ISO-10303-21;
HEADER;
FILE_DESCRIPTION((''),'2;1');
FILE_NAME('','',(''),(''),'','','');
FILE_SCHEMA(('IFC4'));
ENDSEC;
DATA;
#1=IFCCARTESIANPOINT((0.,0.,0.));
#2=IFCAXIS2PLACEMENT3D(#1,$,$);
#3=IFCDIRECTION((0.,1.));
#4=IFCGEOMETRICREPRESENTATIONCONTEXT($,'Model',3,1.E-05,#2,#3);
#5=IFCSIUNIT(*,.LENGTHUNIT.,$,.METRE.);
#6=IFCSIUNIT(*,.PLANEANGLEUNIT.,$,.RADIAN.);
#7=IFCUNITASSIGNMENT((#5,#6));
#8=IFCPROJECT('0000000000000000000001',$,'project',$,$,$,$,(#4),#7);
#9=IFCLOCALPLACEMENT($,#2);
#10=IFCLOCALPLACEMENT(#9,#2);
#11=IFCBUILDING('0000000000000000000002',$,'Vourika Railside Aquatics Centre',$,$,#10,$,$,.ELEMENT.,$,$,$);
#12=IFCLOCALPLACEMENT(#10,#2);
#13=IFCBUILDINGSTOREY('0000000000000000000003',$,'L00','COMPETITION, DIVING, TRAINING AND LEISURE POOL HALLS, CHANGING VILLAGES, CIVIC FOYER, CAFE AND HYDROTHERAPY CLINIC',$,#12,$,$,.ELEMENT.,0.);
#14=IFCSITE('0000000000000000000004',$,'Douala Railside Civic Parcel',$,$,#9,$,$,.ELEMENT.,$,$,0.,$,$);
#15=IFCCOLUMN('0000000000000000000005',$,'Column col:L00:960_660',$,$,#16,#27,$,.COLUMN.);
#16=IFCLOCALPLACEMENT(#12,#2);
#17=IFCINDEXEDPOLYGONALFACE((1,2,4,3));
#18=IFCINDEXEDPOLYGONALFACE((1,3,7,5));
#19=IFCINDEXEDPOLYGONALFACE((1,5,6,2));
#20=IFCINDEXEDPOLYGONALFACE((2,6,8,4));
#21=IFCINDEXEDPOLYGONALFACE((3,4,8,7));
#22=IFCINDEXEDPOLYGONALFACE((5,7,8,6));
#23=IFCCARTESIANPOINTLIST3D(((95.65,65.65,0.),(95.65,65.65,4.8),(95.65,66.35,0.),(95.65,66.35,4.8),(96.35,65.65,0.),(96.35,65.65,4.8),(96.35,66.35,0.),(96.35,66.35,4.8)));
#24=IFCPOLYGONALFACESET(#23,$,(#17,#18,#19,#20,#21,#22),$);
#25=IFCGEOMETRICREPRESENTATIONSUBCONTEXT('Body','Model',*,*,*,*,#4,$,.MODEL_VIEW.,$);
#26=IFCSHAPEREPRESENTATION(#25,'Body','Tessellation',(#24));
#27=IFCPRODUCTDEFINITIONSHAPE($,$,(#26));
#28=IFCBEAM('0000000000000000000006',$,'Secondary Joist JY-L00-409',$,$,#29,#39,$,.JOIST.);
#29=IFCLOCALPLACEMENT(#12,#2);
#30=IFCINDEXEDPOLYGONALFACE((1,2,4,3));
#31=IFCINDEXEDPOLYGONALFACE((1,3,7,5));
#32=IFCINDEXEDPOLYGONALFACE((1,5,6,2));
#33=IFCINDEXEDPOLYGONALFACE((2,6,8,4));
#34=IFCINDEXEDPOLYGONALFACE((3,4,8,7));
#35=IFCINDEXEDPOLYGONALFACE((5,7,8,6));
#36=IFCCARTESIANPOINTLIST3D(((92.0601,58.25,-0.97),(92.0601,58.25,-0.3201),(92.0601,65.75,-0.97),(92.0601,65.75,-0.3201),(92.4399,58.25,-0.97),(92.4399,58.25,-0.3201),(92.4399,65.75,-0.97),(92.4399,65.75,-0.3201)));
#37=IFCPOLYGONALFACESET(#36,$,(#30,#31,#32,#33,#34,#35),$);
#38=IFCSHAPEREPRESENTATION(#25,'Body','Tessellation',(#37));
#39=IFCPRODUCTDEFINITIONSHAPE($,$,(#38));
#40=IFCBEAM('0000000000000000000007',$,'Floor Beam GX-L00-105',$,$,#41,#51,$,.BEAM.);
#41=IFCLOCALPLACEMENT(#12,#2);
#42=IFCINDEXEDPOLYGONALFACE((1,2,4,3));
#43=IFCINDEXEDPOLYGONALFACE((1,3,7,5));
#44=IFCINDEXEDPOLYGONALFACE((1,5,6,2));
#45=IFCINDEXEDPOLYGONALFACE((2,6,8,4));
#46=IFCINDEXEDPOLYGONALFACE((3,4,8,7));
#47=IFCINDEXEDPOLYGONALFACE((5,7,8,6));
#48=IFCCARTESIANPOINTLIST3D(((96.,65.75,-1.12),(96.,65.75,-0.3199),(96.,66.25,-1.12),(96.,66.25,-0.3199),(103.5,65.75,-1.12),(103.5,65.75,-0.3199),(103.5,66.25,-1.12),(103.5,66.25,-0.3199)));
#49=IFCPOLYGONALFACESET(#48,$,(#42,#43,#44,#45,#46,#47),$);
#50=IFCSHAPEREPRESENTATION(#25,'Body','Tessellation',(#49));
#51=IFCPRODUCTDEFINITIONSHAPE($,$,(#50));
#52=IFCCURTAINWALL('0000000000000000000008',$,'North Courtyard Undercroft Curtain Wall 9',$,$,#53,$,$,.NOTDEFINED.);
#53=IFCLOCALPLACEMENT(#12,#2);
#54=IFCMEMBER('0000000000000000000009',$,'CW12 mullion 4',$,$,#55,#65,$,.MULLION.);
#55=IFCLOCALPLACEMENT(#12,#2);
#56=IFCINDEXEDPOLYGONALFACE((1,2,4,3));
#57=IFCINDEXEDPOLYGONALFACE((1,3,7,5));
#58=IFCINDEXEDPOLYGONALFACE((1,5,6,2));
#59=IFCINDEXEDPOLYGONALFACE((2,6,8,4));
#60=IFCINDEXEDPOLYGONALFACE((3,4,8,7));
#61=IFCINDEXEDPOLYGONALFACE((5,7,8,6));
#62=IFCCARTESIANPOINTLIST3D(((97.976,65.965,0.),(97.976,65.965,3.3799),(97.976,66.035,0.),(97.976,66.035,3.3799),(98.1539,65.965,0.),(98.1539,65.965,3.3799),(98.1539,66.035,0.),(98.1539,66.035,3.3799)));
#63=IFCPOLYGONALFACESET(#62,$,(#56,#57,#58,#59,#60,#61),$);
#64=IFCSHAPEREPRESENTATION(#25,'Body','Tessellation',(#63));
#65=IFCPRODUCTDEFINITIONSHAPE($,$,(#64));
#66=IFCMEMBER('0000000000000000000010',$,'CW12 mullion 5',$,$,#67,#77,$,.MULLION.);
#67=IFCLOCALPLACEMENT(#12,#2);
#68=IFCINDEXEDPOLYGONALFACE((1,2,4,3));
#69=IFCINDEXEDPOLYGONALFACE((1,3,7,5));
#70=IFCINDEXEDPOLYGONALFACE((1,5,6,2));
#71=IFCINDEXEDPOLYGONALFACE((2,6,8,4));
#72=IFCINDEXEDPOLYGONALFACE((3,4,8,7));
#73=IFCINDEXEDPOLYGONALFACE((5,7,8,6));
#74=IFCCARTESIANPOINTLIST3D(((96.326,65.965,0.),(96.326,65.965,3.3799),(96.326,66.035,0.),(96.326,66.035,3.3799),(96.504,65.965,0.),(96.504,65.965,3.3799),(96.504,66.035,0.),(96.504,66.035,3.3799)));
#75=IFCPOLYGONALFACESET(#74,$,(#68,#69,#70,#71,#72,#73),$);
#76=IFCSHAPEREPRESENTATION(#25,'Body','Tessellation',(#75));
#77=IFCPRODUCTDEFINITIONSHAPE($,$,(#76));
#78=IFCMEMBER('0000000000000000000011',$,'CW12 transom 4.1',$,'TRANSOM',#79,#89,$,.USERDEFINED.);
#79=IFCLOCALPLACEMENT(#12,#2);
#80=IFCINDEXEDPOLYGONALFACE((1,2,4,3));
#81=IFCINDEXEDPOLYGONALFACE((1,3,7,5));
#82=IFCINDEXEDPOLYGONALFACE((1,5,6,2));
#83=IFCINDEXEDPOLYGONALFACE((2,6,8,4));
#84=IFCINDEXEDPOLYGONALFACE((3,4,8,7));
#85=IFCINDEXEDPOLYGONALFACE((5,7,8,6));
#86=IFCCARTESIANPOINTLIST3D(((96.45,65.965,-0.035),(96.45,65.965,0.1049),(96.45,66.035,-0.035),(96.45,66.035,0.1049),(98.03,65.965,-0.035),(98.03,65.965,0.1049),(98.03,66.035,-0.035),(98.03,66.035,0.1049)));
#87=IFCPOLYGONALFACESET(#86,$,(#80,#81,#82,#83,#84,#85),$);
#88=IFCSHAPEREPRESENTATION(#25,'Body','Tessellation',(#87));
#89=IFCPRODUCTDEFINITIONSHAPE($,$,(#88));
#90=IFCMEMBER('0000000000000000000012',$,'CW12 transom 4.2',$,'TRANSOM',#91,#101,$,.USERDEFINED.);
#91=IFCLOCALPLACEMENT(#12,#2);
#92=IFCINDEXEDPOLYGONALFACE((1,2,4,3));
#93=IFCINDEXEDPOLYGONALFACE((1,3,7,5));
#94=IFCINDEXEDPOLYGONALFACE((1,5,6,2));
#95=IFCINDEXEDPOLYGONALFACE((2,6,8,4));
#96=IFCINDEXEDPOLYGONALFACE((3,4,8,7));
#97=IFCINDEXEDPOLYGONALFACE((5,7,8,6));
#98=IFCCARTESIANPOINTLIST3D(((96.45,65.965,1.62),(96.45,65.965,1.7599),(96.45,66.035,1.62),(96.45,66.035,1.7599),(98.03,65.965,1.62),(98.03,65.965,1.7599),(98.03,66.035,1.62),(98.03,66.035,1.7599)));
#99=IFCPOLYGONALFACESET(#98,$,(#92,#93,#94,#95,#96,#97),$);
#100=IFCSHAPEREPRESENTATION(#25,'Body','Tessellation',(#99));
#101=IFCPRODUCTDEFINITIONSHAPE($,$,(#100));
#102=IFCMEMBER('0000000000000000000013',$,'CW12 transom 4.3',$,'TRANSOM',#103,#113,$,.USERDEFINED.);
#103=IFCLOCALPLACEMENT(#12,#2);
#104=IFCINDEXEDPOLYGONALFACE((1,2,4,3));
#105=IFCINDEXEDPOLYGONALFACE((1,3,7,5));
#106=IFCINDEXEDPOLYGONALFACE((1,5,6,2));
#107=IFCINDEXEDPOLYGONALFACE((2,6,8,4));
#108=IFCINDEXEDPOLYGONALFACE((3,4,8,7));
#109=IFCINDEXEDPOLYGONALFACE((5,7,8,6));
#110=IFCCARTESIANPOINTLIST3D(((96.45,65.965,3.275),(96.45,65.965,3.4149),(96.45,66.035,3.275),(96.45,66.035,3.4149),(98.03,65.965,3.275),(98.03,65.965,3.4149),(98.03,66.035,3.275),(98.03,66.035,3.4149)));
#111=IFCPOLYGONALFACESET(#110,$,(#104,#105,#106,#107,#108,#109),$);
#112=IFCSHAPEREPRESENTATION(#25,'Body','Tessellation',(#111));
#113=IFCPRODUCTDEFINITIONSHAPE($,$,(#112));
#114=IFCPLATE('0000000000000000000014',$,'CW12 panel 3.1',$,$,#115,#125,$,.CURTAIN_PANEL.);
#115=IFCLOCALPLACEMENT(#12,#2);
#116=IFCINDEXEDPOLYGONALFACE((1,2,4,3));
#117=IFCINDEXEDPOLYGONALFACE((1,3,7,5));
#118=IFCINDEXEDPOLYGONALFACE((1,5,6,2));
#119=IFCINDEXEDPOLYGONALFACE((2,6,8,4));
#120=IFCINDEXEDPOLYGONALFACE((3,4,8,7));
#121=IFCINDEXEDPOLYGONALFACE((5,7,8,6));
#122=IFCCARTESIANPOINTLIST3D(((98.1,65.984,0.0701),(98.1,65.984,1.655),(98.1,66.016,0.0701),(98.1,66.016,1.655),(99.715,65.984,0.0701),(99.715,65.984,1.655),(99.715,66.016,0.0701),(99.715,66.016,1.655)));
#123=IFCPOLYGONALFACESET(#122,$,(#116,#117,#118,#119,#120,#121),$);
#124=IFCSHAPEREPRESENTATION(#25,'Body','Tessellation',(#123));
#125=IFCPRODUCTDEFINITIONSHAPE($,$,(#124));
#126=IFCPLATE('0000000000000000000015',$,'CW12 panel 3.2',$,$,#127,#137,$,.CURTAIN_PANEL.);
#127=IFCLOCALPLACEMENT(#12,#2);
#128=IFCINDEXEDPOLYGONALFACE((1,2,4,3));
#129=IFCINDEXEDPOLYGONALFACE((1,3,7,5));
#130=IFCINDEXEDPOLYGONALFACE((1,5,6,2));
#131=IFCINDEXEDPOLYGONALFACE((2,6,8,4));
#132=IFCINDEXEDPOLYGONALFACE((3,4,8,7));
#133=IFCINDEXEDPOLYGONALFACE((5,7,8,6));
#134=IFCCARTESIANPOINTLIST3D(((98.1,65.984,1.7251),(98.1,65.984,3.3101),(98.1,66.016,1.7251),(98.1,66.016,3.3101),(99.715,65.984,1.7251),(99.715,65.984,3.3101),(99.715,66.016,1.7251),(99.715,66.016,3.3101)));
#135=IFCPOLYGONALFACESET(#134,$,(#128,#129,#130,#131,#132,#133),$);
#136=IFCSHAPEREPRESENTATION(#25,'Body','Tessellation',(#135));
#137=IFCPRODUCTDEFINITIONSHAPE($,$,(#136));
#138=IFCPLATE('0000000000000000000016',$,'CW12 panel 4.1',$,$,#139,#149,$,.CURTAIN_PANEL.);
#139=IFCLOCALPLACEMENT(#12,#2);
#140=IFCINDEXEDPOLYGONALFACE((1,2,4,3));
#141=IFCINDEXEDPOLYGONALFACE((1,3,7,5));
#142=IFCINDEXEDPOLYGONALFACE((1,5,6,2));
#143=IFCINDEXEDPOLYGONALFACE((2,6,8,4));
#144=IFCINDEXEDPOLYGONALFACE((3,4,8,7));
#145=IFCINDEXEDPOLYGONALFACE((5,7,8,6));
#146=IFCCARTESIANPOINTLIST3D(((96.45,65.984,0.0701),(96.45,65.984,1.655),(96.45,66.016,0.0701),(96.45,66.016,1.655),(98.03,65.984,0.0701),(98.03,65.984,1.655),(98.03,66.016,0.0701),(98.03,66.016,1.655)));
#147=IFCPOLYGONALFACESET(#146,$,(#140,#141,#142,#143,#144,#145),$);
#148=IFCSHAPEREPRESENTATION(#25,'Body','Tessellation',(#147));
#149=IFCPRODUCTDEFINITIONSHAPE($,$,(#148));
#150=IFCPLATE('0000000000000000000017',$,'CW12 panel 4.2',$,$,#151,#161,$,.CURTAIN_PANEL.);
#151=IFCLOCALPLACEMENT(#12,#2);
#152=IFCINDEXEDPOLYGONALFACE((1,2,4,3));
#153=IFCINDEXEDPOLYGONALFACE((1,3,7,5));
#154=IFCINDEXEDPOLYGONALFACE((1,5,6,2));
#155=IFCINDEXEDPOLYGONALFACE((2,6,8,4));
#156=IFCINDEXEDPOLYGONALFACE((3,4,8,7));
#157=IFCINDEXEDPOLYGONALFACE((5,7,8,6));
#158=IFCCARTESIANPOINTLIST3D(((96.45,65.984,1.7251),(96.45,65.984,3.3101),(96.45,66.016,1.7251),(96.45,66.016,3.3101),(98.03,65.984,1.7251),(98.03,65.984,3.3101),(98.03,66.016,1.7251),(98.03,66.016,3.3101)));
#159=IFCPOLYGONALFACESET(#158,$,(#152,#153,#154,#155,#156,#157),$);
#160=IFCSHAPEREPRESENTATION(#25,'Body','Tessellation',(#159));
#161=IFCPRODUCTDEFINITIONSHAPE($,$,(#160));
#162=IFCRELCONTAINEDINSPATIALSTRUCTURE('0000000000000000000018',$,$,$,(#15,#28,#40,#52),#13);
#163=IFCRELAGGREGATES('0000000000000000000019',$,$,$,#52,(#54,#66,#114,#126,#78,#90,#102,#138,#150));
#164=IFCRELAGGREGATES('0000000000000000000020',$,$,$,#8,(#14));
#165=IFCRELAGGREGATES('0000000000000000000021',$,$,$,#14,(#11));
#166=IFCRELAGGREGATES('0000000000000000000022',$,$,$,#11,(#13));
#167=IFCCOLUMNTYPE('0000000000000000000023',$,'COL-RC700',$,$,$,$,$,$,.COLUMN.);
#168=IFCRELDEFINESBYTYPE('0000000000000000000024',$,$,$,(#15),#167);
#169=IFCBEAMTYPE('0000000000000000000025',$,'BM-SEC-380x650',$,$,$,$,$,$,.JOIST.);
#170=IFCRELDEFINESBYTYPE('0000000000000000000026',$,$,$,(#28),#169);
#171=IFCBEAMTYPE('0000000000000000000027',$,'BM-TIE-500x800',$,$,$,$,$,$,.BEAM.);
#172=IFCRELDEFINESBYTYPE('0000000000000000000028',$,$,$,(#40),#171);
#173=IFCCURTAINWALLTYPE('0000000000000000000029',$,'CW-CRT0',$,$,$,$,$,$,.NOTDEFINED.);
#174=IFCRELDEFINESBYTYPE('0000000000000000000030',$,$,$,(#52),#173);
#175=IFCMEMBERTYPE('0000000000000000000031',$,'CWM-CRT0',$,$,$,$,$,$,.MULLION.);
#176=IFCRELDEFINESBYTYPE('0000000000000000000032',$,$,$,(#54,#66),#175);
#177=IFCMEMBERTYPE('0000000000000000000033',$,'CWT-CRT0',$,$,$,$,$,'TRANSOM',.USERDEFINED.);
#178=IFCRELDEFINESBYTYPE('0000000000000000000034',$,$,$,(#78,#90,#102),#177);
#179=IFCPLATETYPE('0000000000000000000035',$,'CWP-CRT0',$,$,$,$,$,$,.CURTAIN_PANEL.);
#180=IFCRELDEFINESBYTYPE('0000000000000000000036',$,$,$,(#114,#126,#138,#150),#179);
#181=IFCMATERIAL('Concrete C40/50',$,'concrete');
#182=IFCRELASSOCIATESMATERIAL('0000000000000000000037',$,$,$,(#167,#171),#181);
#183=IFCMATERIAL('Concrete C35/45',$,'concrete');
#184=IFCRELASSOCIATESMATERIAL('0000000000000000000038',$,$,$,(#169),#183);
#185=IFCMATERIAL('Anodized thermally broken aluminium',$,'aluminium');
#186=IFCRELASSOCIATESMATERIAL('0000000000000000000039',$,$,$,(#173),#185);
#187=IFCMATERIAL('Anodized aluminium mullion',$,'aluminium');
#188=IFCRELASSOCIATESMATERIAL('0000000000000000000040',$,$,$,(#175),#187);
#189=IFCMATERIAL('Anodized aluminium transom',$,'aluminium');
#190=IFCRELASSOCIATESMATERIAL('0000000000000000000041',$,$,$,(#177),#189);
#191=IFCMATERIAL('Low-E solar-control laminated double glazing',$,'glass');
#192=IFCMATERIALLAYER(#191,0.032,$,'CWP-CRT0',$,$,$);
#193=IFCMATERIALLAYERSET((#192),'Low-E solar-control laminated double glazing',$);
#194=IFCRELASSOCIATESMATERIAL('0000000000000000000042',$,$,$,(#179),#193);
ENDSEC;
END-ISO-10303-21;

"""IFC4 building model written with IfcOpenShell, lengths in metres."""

from ifc_helpers import new_model, si_unit, direction, frame, origin, origin_2d, place, context, subcontext, project, spatial, rectangle, extrude, material, layer, layer_set, material_profile, profile_set, type_object, element, aggregate, save


model = new_model("IFC4")

# Units and contexts
model_context = context("Model", 3, precision=1e-05, world=origin(), true_north=direction((0.0, 1.0)))
body_context = subcontext(model_context, "Body", "Model", "MODEL_VIEW")
ifc_project = project(units=[si_unit("LENGTHUNIT", "METRE"), si_unit("PLANEANGLEUNIT", "RADIAN")], contexts=[model_context])

# Site, building, storey
site_placement = place(None, origin())
site = spatial("IfcSite", under=ifc_project, at=site_placement, Name="Douala Railside Civic Parcel", CompositionType="ELEMENT", RefElevation=0.0)
building_placement = place(site_placement, origin())
building = spatial("IfcBuilding", under=site, at=building_placement, Name="Vourika Railside Aquatics Centre", CompositionType="ELEMENT")
storey_placement = place(building_placement, origin())
storey = spatial("IfcBuildingStorey", under=building, at=storey_placement, Name="L00", Description="COMPETITION, DIVING, TRAINING AND LEISURE POOL HALLS, CHANGING VILLAGES, CIVIC FOYER, CAFE AND HYDROTHERAPY CLINIC", CompositionType="ELEMENT", Elevation=0.0)

# Column
ifc_material_1 = material(Name="Concrete C40/50", Category="concrete")
ifc_material_profile_1 = material_profile(ifc_material_1, rectangle(XDim=0.7, YDim=0.7, at=origin_2d()), Name="RC 700x700")
ifc_profile_set_1 = profile_set([ifc_material_profile_1], Name="Concrete C40/50")
column_type = type_object("IfcColumnType", Name="COL-RC700", PredefinedType="COLUMN", material=ifc_profile_set_1)
column_placement = place(storey_placement, frame((96.0, 66.0, 0.0), z_axis=(0.0, 0.0, 1.0), x_axis=(1.0, 0.0, 0.0)))
element("IfcColumn", 1, at=column_placement, inside=storey, type_object=column_type, Name="Column col:L00:960_660", PredefinedType="COLUMN", context=body_context, shape_type="SweptSolid", body=[
    extrude(rectangle(XDim=0.7, YDim=0.7, at=origin_2d()), origin(), (0.0, 0.0, 1.0), 4.8),
])

# Beams
ifc_material_2 = material(Name="Concrete C35/45", Category="concrete")
ifc_material_profile_2 = material_profile(ifc_material_2, rectangle(XDim=0.3799, YDim=0.6499, at=origin_2d()), Name="RC 380x650")
ifc_profile_set_2 = profile_set([ifc_material_profile_2], Name="Concrete C35/45")
beam_type_1 = type_object("IfcBeamType", Name="BM-SEC-380x650", PredefinedType="JOIST", material=ifc_profile_set_2)
beam_1_placement = place(storey_placement, frame((92.25, 58.25, -0.645), z_axis=(0.0, 1.0, 0.0), x_axis=(-1.0, 0.0, 0.0)))
element("IfcBeam", 2, at=beam_1_placement, inside=storey, type_object=beam_type_1, Name="Secondary Joist JY-L00-409", PredefinedType="JOIST", context=body_context, shape_type="SweptSolid", body=[
    extrude(rectangle(XDim=0.3799, YDim=0.6499, at=origin_2d()), origin(), (0.0, 0.0, 1.0), 7.5),
])
ifc_material_profile_3 = material_profile(ifc_material_1, rectangle(XDim=0.5, YDim=0.8, at=origin_2d()), Name="RC 500x800")
ifc_profile_set_3 = profile_set([ifc_material_profile_3], Name="Concrete C40/50")
beam_type_2 = type_object("IfcBeamType", Name="BM-TIE-500x800", PredefinedType="BEAM", material=ifc_profile_set_3)
beam_2_placement = place(storey_placement, frame((96.0, 66.0, -0.72), z_axis=(1.0, 0.0, 0.0), x_axis=(0.0, 1.0, 0.0)))
element("IfcBeam", 3, at=beam_2_placement, inside=storey, type_object=beam_type_2, Name="Floor Beam GX-L00-105", PredefinedType="BEAM", context=body_context, shape_type="SweptSolid", body=[
    extrude(rectangle(XDim=0.5, YDim=0.8, at=origin_2d()), origin(), (0.0, 0.0, 1.0), 7.5),
])

# Curtain wall, members, plates
ifc_material_3 = material(Name="Anodized thermally broken aluminium", Category="aluminium")
curtain_wall_type = type_object("IfcCurtainWallType", Name="CW-CRT0", PredefinedType="NOTDEFINED", material=ifc_material_3)
curtain_wall_placement = place(storey_placement, origin())
curtain_wall = element("IfcCurtainWall", 4, at=curtain_wall_placement, inside=storey, type_object=curtain_wall_type, Name="North Courtyard Undercroft Curtain Wall 9", PredefinedType="NOTDEFINED")
ifc_material_4 = material(Name="Anodized aluminium mullion", Category="aluminium")
ifc_material_profile_4 = material_profile(ifc_material_4, rectangle(XDim=0.0701, YDim=0.178, at=origin_2d()), Name="ALU-M 70x178")
ifc_profile_set_4 = profile_set([ifc_material_profile_4], Name="Anodized aluminium mullion")
member_type_1 = type_object("IfcMemberType", Name="CWM-CRT0", PredefinedType="MULLION", material=ifc_profile_set_4)
member_1_placement = place(storey_placement, frame((98.0649, 66.0, 0.0), z_axis=(0.0, 0.0, 1.0), x_axis=(0.0, -1.0, 0.0)))
member_1 = element("IfcMember", 5, at=member_1_placement, type_object=member_type_1, Name="CW12 mullion 4", PredefinedType="MULLION", context=body_context, shape_type="SweptSolid", body=[
    extrude(rectangle(XDim=0.0701, YDim=0.178, at=origin_2d()), origin(), (0.0, 0.0, 1.0), 3.3799),
])
member_2_placement = place(storey_placement, frame((96.415, 66.0, 0.0), z_axis=(0.0, 0.0, 1.0), x_axis=(0.0, -1.0, 0.0)))
member_2 = element("IfcMember", 6, at=member_2_placement, type_object=member_type_1, Name="CW12 mullion 5", PredefinedType="MULLION", context=body_context, shape_type="SweptSolid", body=[
    extrude(rectangle(XDim=0.0701, YDim=0.178, at=origin_2d()), origin(), (0.0, 0.0, 1.0), 3.3799),
])
ifc_material_5 = material(Name="Anodized aluminium transom", Category="aluminium")
ifc_material_profile_5 = material_profile(ifc_material_5, rectangle(XDim=0.0701, YDim=0.1399, at=origin_2d()), Name="ALU-T 70x140")
ifc_profile_set_5 = profile_set([ifc_material_profile_5], Name="Anodized aluminium transom")
member_type_2 = type_object("IfcMemberType", Name="CWT-CRT0", ElementType="TRANSOM", PredefinedType="USERDEFINED", material=ifc_profile_set_5)
member_3_placement = place(storey_placement, frame((98.03, 66.0, 0.0349), z_axis=(-1.0, 0.0, 0.0), x_axis=(0.0, -1.0, 0.0)))
member_3 = element("IfcMember", 7, at=member_3_placement, type_object=member_type_2, Name="CW12 transom 4.1", ObjectType="TRANSOM", PredefinedType="USERDEFINED", context=body_context, shape_type="SweptSolid", body=[
    extrude(rectangle(XDim=0.0701, YDim=0.1399, at=origin_2d()), origin(), (0.0, 0.0, 1.0), 1.5801),
])
member_4_placement = place(storey_placement, frame((98.03, 66.0, 1.6899), z_axis=(-1.0, 0.0, 0.0), x_axis=(0.0, -1.0, 0.0)))
member_4 = element("IfcMember", 8, at=member_4_placement, type_object=member_type_2, Name="CW12 transom 4.2", ObjectType="TRANSOM", PredefinedType="USERDEFINED", context=body_context, shape_type="SweptSolid", body=[
    extrude(rectangle(XDim=0.0701, YDim=0.1399, at=origin_2d()), origin(), (0.0, 0.0, 1.0), 1.5801),
])
member_5_placement = place(storey_placement, frame((98.03, 66.0, 3.345), z_axis=(-1.0, 0.0, 0.0), x_axis=(0.0, -1.0, 0.0)))
member_5 = element("IfcMember", 9, at=member_5_placement, type_object=member_type_2, Name="CW12 transom 4.3", ObjectType="TRANSOM", PredefinedType="USERDEFINED", context=body_context, shape_type="SweptSolid", body=[
    extrude(rectangle(XDim=0.0701, YDim=0.1399, at=origin_2d()), origin(), (0.0, 0.0, 1.0), 1.5801),
])
ifc_material_6 = material(Name="Low-E solar-control laminated double glazing", Category="glass")
ifc_layer_1 = layer(ifc_material_6, 0.032, Name="CWP-CRT0")
ifc_layer_set_1 = layer_set([ifc_layer_1], Name="Low-E solar-control laminated double glazing")
plate_type = type_object("IfcPlateType", Name="CWP-CRT0", PredefinedType="CURTAIN_PANEL", material=ifc_layer_set_1)
plate_1_placement = place(storey_placement, frame((98.9075, 66.0, 0.0701), z_axis=(0.0, 0.0, 1.0), x_axis=(-1.0, 0.0, 0.0)))
plate_1 = element("IfcPlate", 10, at=plate_1_placement, type_object=plate_type, Name="CW12 panel 3.1", PredefinedType="CURTAIN_PANEL", context=body_context, shape_type="SweptSolid", body=[
    extrude(rectangle(XDim=1.615, YDim=0.032, at=origin_2d()), origin(), (0.0, 0.0, 1.0), 1.585),
])
plate_2_placement = place(storey_placement, frame((98.9075, 66.0, 1.7251), z_axis=(0.0, 0.0, 1.0), x_axis=(-1.0, 0.0, 0.0)))
plate_2 = element("IfcPlate", 11, at=plate_2_placement, type_object=plate_type, Name="CW12 panel 3.2", PredefinedType="CURTAIN_PANEL", context=body_context, shape_type="SweptSolid", body=[
    extrude(rectangle(XDim=1.615, YDim=0.032, at=origin_2d()), origin(), (0.0, 0.0, 1.0), 1.585),
])
plate_3_placement = place(storey_placement, frame((97.24, 66.0, 0.0701), z_axis=(0.0, 0.0, 1.0), x_axis=(-1.0, 0.0, 0.0)))
plate_3 = element("IfcPlate", 12, at=plate_3_placement, type_object=plate_type, Name="CW12 panel 4.1", PredefinedType="CURTAIN_PANEL", context=body_context, shape_type="SweptSolid", body=[
    extrude(rectangle(XDim=1.5801, YDim=0.032, at=origin_2d()), origin(), (0.0, 0.0, 1.0), 1.585),
])
plate_4_placement = place(storey_placement, frame((97.24, 66.0, 1.7251), z_axis=(0.0, 0.0, 1.0), x_axis=(-1.0, 0.0, 0.0)))
plate_4 = element("IfcPlate", 13, at=plate_4_placement, type_object=plate_type, Name="CW12 panel 4.2", PredefinedType="CURTAIN_PANEL", context=body_context, shape_type="SweptSolid", body=[
    extrude(rectangle(XDim=1.5801, YDim=0.032, at=origin_2d()), origin(), (0.0, 0.0, 1.0), 1.585),
])
aggregate(curtain_wall, [member_1, member_2, plate_1, plate_2, member_3, member_4, member_5, plate_3, plate_4])

save(model, "model.ifc")
